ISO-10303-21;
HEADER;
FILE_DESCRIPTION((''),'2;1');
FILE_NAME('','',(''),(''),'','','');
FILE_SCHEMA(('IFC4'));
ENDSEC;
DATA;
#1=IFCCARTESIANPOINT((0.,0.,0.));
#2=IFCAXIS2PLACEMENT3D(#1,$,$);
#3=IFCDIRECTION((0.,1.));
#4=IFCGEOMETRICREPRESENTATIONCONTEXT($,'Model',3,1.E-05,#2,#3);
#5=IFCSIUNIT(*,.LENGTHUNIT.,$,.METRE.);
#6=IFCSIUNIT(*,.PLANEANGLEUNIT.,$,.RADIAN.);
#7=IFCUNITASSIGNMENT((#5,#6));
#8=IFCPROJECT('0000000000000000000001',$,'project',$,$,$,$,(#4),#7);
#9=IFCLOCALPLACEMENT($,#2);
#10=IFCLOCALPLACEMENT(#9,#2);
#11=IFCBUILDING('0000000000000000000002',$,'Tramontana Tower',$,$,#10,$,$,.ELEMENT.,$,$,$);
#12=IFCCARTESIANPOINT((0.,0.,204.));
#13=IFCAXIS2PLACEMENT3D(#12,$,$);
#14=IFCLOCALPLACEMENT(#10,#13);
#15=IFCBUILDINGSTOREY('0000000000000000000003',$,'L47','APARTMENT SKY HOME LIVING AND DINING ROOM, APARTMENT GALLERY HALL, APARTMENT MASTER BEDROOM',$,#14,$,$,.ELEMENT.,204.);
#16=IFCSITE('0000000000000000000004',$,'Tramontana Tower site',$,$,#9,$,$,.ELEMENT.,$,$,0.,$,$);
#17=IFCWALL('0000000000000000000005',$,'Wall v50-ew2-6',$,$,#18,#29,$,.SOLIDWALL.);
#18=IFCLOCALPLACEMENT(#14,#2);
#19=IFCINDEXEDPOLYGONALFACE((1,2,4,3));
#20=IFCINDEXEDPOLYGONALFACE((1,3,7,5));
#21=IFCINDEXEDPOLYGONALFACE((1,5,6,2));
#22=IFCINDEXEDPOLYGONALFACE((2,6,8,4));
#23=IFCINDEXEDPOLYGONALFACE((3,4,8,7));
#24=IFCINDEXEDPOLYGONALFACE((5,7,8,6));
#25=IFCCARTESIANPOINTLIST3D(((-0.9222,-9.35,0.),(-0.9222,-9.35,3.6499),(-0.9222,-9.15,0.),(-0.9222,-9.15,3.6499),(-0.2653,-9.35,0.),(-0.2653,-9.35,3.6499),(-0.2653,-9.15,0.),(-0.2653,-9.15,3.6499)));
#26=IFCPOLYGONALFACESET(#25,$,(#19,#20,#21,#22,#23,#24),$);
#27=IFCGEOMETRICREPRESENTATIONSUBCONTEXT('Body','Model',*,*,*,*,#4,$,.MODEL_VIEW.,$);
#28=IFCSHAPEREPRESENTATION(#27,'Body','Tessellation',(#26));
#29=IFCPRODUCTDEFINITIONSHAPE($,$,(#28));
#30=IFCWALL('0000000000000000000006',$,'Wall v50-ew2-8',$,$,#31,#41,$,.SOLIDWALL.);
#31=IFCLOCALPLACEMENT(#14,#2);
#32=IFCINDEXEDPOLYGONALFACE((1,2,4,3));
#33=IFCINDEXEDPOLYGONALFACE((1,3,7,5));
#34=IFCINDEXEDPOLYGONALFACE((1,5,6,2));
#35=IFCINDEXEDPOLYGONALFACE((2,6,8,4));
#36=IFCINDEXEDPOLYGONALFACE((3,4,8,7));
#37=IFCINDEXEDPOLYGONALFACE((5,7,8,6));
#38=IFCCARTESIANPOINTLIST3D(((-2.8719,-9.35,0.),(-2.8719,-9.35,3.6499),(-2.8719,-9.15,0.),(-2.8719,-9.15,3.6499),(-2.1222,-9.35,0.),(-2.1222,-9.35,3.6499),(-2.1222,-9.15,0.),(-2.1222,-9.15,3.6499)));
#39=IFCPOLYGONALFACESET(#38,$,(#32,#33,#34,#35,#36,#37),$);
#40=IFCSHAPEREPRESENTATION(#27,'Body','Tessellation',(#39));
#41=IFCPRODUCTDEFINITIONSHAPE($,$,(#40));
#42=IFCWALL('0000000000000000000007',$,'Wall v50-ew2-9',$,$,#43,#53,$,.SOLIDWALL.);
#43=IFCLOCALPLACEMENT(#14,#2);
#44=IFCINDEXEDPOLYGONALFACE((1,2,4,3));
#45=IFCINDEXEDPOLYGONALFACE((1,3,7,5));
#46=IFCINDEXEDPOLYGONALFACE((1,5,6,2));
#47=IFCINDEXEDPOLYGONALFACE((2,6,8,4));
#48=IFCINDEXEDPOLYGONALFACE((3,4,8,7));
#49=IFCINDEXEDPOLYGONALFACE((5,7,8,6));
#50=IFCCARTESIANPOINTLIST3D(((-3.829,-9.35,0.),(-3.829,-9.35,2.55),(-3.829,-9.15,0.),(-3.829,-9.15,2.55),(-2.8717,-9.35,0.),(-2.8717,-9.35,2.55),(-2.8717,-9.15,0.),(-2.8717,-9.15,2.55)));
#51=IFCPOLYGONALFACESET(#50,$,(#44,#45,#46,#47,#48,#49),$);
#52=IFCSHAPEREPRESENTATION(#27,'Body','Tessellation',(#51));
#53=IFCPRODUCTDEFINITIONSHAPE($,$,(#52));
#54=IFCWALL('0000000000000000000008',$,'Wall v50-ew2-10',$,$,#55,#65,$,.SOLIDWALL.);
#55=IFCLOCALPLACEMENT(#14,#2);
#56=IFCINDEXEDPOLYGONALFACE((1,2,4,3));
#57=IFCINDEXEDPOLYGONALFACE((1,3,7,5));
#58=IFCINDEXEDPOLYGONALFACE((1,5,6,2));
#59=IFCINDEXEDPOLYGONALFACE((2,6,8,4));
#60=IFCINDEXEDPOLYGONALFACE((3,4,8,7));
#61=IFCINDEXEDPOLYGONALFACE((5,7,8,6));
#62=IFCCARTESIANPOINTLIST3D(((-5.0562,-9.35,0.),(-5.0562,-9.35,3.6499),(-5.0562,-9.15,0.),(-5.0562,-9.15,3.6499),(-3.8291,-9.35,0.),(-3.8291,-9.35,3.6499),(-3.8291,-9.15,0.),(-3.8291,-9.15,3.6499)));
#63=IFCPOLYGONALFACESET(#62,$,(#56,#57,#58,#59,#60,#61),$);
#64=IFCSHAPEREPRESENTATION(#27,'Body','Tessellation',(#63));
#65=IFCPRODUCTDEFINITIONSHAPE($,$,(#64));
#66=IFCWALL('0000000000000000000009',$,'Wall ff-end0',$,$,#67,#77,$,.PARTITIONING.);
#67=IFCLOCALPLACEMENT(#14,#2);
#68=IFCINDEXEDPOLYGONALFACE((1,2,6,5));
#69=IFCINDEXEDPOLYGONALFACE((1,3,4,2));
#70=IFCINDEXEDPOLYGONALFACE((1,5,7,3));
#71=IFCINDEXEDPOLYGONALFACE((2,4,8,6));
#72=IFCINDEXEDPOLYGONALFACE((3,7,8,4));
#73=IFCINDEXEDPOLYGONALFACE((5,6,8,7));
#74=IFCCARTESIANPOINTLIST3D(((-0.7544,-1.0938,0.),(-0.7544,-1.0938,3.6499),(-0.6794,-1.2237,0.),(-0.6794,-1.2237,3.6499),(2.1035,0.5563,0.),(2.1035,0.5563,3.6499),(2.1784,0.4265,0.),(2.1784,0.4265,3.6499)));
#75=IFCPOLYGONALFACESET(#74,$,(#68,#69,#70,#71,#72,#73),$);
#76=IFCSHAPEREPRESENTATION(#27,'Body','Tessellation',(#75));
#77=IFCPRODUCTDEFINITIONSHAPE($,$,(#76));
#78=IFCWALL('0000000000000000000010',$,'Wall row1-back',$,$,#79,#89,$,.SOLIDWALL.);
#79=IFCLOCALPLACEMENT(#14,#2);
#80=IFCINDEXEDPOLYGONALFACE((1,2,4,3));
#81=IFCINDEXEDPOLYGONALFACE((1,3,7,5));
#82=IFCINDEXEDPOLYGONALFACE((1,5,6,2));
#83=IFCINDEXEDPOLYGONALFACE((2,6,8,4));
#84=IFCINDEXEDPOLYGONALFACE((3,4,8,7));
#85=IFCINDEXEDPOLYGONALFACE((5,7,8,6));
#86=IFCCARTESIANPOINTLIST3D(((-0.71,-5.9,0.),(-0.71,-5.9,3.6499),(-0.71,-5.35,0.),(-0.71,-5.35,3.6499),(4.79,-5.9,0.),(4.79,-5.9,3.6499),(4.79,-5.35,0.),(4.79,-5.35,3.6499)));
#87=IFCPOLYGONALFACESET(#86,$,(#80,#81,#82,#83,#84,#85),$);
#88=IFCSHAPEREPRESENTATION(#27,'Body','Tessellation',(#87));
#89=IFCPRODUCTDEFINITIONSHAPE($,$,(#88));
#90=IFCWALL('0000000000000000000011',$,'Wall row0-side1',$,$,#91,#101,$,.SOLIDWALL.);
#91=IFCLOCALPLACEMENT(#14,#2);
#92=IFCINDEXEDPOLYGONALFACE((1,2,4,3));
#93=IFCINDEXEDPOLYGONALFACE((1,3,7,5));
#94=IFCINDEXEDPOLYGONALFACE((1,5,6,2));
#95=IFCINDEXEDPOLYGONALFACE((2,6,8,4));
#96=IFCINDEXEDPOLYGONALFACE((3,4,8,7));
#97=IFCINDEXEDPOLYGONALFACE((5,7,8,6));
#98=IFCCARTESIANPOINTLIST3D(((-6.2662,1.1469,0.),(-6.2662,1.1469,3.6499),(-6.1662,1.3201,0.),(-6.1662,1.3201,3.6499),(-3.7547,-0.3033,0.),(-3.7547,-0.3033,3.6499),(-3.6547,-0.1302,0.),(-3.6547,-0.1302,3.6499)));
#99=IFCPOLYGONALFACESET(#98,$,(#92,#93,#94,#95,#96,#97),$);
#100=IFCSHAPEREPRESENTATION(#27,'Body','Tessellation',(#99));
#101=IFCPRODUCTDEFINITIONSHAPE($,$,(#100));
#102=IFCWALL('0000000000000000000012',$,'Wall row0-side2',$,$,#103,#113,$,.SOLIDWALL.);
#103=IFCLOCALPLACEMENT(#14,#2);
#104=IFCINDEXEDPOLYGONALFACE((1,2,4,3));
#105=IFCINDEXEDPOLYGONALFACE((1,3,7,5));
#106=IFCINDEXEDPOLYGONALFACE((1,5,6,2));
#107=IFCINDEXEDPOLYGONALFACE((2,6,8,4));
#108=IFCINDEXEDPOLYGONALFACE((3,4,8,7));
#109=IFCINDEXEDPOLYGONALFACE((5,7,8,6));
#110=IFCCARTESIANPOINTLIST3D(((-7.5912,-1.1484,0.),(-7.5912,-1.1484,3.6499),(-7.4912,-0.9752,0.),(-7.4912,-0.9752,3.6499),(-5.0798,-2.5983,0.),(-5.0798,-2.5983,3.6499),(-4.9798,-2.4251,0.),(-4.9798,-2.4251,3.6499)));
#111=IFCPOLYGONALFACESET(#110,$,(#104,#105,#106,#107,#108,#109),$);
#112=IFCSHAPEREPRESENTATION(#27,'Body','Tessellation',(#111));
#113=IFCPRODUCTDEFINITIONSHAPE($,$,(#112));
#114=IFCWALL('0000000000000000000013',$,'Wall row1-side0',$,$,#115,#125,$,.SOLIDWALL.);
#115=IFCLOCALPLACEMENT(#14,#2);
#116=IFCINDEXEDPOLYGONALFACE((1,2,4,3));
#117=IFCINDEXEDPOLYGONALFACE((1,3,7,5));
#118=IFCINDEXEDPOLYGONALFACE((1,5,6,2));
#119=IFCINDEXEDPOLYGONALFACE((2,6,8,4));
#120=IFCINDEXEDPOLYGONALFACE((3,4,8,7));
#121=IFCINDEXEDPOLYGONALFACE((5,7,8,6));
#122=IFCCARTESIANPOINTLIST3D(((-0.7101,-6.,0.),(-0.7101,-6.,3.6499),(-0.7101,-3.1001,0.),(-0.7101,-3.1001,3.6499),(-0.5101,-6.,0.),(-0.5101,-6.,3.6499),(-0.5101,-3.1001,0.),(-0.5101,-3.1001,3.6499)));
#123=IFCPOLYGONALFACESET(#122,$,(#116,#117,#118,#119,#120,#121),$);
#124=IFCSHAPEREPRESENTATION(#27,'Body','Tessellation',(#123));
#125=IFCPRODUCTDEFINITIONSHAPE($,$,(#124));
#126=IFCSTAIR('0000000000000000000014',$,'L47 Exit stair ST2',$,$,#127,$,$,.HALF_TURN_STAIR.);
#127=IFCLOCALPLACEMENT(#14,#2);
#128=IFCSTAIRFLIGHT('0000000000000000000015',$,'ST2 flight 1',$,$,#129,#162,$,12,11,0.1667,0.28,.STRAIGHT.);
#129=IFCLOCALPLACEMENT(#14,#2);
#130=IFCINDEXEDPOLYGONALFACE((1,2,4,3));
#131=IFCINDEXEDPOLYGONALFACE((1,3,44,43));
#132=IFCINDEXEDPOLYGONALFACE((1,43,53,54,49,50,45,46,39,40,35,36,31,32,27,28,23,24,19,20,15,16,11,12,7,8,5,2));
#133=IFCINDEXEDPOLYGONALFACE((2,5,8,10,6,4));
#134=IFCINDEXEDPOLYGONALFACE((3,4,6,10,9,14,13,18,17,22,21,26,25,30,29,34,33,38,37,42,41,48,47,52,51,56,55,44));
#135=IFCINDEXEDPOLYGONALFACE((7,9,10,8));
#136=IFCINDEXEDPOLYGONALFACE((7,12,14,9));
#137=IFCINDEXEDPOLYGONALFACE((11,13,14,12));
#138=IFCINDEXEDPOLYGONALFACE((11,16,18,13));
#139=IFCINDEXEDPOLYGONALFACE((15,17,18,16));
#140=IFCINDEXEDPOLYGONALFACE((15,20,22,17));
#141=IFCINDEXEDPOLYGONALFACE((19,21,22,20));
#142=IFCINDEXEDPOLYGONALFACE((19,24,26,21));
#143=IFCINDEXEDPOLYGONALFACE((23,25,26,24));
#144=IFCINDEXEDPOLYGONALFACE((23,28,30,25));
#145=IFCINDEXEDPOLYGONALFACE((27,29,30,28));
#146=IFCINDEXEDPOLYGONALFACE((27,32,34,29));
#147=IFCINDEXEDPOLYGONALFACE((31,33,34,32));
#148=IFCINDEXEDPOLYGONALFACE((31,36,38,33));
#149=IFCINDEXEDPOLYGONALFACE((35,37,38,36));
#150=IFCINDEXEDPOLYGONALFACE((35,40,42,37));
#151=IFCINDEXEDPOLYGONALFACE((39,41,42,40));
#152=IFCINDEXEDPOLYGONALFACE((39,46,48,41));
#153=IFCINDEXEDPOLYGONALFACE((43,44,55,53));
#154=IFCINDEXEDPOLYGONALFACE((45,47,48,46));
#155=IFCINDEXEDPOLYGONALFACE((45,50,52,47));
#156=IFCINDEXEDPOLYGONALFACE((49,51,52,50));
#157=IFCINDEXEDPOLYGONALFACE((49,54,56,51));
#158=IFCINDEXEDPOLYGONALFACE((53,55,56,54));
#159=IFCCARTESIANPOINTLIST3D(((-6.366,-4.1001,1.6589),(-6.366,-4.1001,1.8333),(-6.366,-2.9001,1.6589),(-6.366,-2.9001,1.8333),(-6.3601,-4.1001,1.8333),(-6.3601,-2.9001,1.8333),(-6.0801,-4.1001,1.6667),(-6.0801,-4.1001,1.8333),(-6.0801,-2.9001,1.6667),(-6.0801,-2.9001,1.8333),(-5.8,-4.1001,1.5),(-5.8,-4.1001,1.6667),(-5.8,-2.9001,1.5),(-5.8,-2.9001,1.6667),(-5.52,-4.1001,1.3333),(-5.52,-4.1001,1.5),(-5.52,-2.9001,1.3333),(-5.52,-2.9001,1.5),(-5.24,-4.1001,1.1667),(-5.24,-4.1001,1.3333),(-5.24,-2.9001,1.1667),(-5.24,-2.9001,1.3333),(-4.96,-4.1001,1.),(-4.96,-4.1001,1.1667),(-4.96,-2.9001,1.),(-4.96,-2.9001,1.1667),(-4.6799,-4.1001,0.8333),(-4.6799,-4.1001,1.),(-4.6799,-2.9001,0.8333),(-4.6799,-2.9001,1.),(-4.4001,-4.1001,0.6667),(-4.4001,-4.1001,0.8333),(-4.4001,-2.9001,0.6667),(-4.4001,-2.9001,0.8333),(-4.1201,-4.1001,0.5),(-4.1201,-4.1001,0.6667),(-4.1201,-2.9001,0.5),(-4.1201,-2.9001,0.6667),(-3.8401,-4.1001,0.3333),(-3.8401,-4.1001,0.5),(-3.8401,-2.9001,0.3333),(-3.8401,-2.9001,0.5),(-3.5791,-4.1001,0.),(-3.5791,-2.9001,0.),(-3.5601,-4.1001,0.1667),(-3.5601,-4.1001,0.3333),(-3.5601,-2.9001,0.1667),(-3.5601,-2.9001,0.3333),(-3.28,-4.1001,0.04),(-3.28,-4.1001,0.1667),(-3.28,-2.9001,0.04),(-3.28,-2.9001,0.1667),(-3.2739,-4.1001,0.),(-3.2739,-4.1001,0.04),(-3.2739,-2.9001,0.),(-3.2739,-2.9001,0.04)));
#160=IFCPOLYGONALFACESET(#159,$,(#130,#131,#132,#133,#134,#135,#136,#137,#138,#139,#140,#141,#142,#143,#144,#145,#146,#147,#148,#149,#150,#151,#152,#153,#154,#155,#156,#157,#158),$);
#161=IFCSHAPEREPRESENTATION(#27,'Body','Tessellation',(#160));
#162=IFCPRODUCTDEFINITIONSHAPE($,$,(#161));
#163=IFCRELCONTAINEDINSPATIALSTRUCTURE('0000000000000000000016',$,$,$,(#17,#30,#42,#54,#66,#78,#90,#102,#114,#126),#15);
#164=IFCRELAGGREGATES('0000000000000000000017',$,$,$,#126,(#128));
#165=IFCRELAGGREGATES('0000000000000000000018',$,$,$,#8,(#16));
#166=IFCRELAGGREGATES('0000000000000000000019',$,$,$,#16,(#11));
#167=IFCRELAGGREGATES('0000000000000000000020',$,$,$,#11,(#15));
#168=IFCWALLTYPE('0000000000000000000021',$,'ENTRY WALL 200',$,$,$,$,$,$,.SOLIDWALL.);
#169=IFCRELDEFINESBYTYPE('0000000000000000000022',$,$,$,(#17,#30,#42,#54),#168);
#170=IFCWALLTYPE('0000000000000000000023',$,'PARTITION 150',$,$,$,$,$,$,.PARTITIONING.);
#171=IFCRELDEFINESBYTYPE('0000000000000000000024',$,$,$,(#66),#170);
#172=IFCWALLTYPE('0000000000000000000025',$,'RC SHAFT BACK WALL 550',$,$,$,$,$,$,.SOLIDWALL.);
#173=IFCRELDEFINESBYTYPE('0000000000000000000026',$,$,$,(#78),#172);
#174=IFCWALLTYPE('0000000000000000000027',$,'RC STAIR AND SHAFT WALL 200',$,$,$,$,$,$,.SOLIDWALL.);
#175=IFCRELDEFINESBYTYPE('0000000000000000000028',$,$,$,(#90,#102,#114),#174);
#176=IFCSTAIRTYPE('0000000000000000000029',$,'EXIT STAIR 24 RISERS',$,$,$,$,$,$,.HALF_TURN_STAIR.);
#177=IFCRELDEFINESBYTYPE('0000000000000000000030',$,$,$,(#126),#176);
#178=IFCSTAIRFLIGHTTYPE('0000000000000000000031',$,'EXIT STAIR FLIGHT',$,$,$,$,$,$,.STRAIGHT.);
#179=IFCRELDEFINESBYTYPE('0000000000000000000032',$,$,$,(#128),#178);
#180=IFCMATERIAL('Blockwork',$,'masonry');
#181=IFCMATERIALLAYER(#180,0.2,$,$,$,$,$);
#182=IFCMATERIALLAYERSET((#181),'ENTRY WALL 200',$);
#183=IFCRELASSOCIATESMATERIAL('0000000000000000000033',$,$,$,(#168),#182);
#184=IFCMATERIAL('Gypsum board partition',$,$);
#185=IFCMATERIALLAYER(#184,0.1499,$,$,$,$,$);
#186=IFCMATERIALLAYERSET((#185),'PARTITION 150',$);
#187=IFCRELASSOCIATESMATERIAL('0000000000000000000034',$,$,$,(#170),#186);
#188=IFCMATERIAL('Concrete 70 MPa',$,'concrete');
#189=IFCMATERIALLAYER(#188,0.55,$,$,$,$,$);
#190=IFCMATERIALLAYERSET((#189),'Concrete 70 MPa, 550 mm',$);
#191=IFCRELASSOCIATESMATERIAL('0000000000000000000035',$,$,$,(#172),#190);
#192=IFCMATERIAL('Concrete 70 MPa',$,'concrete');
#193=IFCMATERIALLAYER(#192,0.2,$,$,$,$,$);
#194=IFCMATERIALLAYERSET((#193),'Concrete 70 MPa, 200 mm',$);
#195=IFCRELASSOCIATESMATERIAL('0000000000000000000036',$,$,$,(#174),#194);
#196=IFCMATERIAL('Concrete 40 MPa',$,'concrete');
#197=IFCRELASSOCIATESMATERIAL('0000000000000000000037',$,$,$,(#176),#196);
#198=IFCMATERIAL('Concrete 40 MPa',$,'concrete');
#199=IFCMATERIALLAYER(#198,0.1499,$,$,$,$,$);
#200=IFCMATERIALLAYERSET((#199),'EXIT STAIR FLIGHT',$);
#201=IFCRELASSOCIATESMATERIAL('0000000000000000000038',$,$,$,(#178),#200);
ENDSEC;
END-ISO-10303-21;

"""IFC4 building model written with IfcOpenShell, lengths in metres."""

from ifc_helpers import new_model, si_unit, direction, frame, frame_2d, origin, place, context, subcontext, project, spatial, polyline, rectangle, outline, extrude, material, layer, layer_set, type_object, element, aggregate, save


model = new_model("IFC4")

# Units and contexts
model_context = context("Model", 3, precision=1e-05, world=origin(), true_north=direction((0.0, 1.0)))
body_context = subcontext(model_context, "Body", "Model", "MODEL_VIEW")
ifc_project = project(units=[si_unit("LENGTHUNIT", "METRE"), si_unit("PLANEANGLEUNIT", "RADIAN")], contexts=[model_context])

# Site, building, storey
site_placement = place(None, origin())
site = spatial("IfcSite", under=ifc_project, at=site_placement, Name="Tramontana Tower site", CompositionType="ELEMENT", RefElevation=0.0)
building_placement = place(site_placement, origin())
building = spatial("IfcBuilding", under=site, at=building_placement, Name="Tramontana Tower", CompositionType="ELEMENT")
storey_placement = place(building_placement, frame((0.0, 0.0, 204.0)))
storey = spatial("IfcBuildingStorey", under=building, at=storey_placement, Name="L47", Description="APARTMENT SKY HOME LIVING AND DINING ROOM, APARTMENT GALLERY HALL, APARTMENT MASTER BEDROOM", CompositionType="ELEMENT", Elevation=204.0)

# Wall
ifc_material_1 = material(Name="Blockwork", Category="masonry")
ifc_layer_1 = layer(ifc_material_1, 0.2)
ifc_layer_set_1 = layer_set([ifc_layer_1], Name="ENTRY WALL 200")
wall_type_1 = type_object("IfcWallType", Name="ENTRY WALL 200", PredefinedType="SOLIDWALL", material=ifc_layer_set_1)
wall_1_placement = place(storey_placement, frame((-0.2651, -9.25, 0.0), z_axis=(0.0, 0.0, 1.0), x_axis=(-1.0, 0.0, 0.0)))
element("IfcWall", 1, at=wall_1_placement, inside=storey, type_object=wall_type_1, Name="Wall v50-ew2-6", PredefinedType="SOLIDWALL", context=body_context, shape_type="SweptSolid", body=[
    extrude(rectangle(XDim=0.657, YDim=0.2, at=frame_2d((0.3286, 0.0))), origin(), (0.0, 0.0, 1.0), 3.6499),
])

# Walls
wall_2_placement = place(storey_placement, frame((-2.1221, -9.25, 0.0), z_axis=(0.0, 0.0, 1.0), x_axis=(-1.0, 0.0, 0.0)))
element("IfcWall", 2, at=wall_2_placement, inside=storey, type_object=wall_type_1, Name="Wall v50-ew2-8", PredefinedType="SOLIDWALL", context=body_context, shape_type="SweptSolid", body=[
    extrude(rectangle(XDim=0.7498, YDim=0.2, at=frame_2d((0.375, 0.0))), origin(), (0.0, 0.0, 1.0), 3.6499),
])
wall_3_placement = place(storey_placement, frame((-2.8718, -9.25, 0.0), z_axis=(0.0, 0.0, 1.0), x_axis=(-1.0, 0.0, 0.0)))
element("IfcWall", 3, at=wall_3_placement, inside=storey, type_object=wall_type_1, Name="Wall v50-ew2-9", PredefinedType="SOLIDWALL", context=body_context, shape_type="SweptSolid", body=[
    extrude(rectangle(XDim=0.9573, YDim=0.2, at=frame_2d((0.4785, 0.0))), origin(), (0.0, 0.0, 1.0), 2.55),
])
wall_4_placement = place(storey_placement, frame((-3.8291, -9.25, 0.0), z_axis=(0.0, 0.0, 1.0), x_axis=(-1.0, 0.0, 0.0)))
element("IfcWall", 4, at=wall_4_placement, inside=storey, type_object=wall_type_1, Name="Wall v50-ew2-10", PredefinedType="SOLIDWALL", context=body_context, shape_type="SweptSolid", body=[
    extrude(rectangle(XDim=1.2271, YDim=0.2, at=frame_2d((0.6135, 0.0))), origin(), (0.0, 0.0, 1.0), 3.6499),
])

# Shared definitions
ifc_material_2 = material(Name="Gypsum board partition")
ifc_layer_2 = layer(ifc_material_2, 0.1499)
ifc_layer_set_2 = layer_set([ifc_layer_2], Name="PARTITION 150")
wall_type_2 = type_object("IfcWallType", Name="PARTITION 150", PredefinedType="PARTITIONING", material=ifc_layer_set_2)

# Walls
wall_5_placement = place(storey_placement, frame((-0.7168, -1.1587, 0.0), z_axis=(0.0, 0.0, 1.0), x_axis=(0.866008, 0.50003, 0.0)))
element("IfcWall", 5, at=wall_5_placement, inside=storey, type_object=wall_type_2, Name="Wall ff-end0", PredefinedType="PARTITIONING", context=body_context, shape_type="SweptSolid", body=[
    extrude(rectangle(XDim=3.3, YDim=0.1499, at=frame_2d((1.6499, 0.0))), origin(), (0.0, 0.0, 1.0), 3.6499),
])
ifc_material_3 = material(Name="Concrete 70 MPa", Category="concrete")
ifc_layer_3 = layer(ifc_material_3, 0.55)
ifc_layer_set_3 = layer_set([ifc_layer_3], Name="Concrete 70 MPa, 550 mm")
wall_type_3 = type_object("IfcWallType", Name="RC SHAFT BACK WALL 550", PredefinedType="SOLIDWALL", material=ifc_layer_set_3)
wall_6_placement = place(storey_placement, frame((-0.71, -5.625, 0.0), z_axis=(0.0, 0.0, 1.0), x_axis=(1.0, 0.0, 0.0)))
element("IfcWall", 6, at=wall_6_placement, inside=storey, type_object=wall_type_3, Name="Wall row1-back", PredefinedType="SOLIDWALL", context=body_context, shape_type="SweptSolid", body=[
    extrude(rectangle(XDim=5.5, YDim=0.55, at=frame_2d((2.75, 0.0))), origin(), (0.0, 0.0, 1.0), 3.6499),
])

# Shared definitions
ifc_material_4 = material(Name="Concrete 70 MPa", Category="concrete")
ifc_layer_4 = layer(ifc_material_4, 0.2)
ifc_layer_set_4 = layer_set([ifc_layer_4], Name="Concrete 70 MPa, 200 mm")
wall_type_4 = type_object("IfcWallType", Name="RC STAIR AND SHAFT WALL 200", PredefinedType="SOLIDWALL", material=ifc_layer_set_4)

# Walls
wall_7_placement = place(storey_placement, frame((-3.7046, -0.2168, 0.0), z_axis=(0.0, 0.0, 1.0), x_axis=(-0.865996, 0.50005, 0.0)))
element("IfcWall", 7, at=wall_7_placement, inside=storey, type_object=wall_type_4, Name="Wall row0-side1", PredefinedType="SOLIDWALL", context=body_context, shape_type="SweptSolid", body=[
    extrude(rectangle(XDim=2.9001, YDim=0.2, at=frame_2d((1.4502, 0.0))), origin(), (0.0, 0.0, 1.0), 3.6499),
])
for number, where, z_axis, x_axis, name in (
    (8, (-5.0298, -2.5117, 0.0), (0.0, 0.0, 1.0), (-0.866033, 0.499987, 0.0), "Wall row0-side2"),
    (9, (-0.6101, -3.1001, 0.0), (0.0, 0.0, 1.0), (0.0, -1.0, 0.0), "Wall row1-side0"),
):
    element("IfcWall", number, at=place(storey_placement, frame(where, z_axis=z_axis, x_axis=x_axis)), inside=storey, type_object=wall_type_4, Name=name, PredefinedType="SOLIDWALL", context=body_context, shape_type="SweptSolid", body=[
        extrude(rectangle(XDim=2.8999, YDim=0.2, at=frame_2d((1.45, 0.0))), origin(), (0.0, 0.0, 1.0), 3.6499),
    ])

# Stair, stair flight
ifc_material_5 = material(Name="Concrete 40 MPa", Category="concrete")
stair_type = type_object("IfcStairType", Name="EXIT STAIR 24 RISERS", PredefinedType="HALF_TURN_STAIR", material=ifc_material_5)
stair_placement = place(storey_placement, origin())
stair = element("IfcStair", 10, at=stair_placement, inside=storey, type_object=stair_type, Name="L47 Exit stair ST2", PredefinedType="HALF_TURN_STAIR")
ifc_material_6 = material(Name="Concrete 40 MPa", Category="concrete")
ifc_layer_5 = layer(ifc_material_6, 0.1499)
ifc_layer_set_5 = layer_set([ifc_layer_5], Name="EXIT STAIR FLIGHT")
stair_flight_type = type_object("IfcStairFlightType", Name="EXIT STAIR FLIGHT", PredefinedType="STRAIGHT", material=ifc_layer_set_5)
stair_flight_1_placement = place(storey_placement, frame((-3.28, -3.5, 0.0), z_axis=(0.0, 0.0, 1.0), x_axis=(-1.0, 0.0, 0.0)))
stair_flight_1 = element("IfcStairFlight", 11, at=stair_flight_1_placement, type_object=stair_flight_type, Name="ST2 flight 1", NumberOfRisers=12, NumberOfTreads=11, PredefinedType="STRAIGHT", RiserHeight=0.1667, TreadLength=0.28, context=body_context, shape_type="SweptSolid", body=[
    extrude(outline(polyline([(-0.0061, 0.0), (-0.0061, 0.04), (0.0, 0.04), (0.0, 0.1667), (0.28, 0.1667), (0.28, 0.3333), (0.5601, 0.3333), (0.5601, 0.5), (0.8401, 0.5), (0.8401, 0.6667), (1.1201, 0.6667), (1.1201, 0.8333), (1.3999, 0.8333), (1.3999, 1.0), (1.6799, 1.0), (1.6799, 1.1667), (1.96, 1.1667), (1.96, 1.3333), (2.24, 1.3333), (2.24, 1.5), (2.52, 1.5), (2.52, 1.6667), (2.8, 1.6667), (2.8, 1.8333), (3.0801, 1.8333), (3.0859, 1.8333), (3.0859, 1.6589), (0.2991, 0.0), (-0.0061, 0.0)])), frame((0.0, 0.6001, 0.0), z_axis=(0.0, -1.0, 0.0), x_axis=(1.0, 0.0, 0.0)), (0.0, 0.0, 1.0), 1.2),
])
aggregate(stair, [stair_flight_1])

save(model, "model.ifc")
